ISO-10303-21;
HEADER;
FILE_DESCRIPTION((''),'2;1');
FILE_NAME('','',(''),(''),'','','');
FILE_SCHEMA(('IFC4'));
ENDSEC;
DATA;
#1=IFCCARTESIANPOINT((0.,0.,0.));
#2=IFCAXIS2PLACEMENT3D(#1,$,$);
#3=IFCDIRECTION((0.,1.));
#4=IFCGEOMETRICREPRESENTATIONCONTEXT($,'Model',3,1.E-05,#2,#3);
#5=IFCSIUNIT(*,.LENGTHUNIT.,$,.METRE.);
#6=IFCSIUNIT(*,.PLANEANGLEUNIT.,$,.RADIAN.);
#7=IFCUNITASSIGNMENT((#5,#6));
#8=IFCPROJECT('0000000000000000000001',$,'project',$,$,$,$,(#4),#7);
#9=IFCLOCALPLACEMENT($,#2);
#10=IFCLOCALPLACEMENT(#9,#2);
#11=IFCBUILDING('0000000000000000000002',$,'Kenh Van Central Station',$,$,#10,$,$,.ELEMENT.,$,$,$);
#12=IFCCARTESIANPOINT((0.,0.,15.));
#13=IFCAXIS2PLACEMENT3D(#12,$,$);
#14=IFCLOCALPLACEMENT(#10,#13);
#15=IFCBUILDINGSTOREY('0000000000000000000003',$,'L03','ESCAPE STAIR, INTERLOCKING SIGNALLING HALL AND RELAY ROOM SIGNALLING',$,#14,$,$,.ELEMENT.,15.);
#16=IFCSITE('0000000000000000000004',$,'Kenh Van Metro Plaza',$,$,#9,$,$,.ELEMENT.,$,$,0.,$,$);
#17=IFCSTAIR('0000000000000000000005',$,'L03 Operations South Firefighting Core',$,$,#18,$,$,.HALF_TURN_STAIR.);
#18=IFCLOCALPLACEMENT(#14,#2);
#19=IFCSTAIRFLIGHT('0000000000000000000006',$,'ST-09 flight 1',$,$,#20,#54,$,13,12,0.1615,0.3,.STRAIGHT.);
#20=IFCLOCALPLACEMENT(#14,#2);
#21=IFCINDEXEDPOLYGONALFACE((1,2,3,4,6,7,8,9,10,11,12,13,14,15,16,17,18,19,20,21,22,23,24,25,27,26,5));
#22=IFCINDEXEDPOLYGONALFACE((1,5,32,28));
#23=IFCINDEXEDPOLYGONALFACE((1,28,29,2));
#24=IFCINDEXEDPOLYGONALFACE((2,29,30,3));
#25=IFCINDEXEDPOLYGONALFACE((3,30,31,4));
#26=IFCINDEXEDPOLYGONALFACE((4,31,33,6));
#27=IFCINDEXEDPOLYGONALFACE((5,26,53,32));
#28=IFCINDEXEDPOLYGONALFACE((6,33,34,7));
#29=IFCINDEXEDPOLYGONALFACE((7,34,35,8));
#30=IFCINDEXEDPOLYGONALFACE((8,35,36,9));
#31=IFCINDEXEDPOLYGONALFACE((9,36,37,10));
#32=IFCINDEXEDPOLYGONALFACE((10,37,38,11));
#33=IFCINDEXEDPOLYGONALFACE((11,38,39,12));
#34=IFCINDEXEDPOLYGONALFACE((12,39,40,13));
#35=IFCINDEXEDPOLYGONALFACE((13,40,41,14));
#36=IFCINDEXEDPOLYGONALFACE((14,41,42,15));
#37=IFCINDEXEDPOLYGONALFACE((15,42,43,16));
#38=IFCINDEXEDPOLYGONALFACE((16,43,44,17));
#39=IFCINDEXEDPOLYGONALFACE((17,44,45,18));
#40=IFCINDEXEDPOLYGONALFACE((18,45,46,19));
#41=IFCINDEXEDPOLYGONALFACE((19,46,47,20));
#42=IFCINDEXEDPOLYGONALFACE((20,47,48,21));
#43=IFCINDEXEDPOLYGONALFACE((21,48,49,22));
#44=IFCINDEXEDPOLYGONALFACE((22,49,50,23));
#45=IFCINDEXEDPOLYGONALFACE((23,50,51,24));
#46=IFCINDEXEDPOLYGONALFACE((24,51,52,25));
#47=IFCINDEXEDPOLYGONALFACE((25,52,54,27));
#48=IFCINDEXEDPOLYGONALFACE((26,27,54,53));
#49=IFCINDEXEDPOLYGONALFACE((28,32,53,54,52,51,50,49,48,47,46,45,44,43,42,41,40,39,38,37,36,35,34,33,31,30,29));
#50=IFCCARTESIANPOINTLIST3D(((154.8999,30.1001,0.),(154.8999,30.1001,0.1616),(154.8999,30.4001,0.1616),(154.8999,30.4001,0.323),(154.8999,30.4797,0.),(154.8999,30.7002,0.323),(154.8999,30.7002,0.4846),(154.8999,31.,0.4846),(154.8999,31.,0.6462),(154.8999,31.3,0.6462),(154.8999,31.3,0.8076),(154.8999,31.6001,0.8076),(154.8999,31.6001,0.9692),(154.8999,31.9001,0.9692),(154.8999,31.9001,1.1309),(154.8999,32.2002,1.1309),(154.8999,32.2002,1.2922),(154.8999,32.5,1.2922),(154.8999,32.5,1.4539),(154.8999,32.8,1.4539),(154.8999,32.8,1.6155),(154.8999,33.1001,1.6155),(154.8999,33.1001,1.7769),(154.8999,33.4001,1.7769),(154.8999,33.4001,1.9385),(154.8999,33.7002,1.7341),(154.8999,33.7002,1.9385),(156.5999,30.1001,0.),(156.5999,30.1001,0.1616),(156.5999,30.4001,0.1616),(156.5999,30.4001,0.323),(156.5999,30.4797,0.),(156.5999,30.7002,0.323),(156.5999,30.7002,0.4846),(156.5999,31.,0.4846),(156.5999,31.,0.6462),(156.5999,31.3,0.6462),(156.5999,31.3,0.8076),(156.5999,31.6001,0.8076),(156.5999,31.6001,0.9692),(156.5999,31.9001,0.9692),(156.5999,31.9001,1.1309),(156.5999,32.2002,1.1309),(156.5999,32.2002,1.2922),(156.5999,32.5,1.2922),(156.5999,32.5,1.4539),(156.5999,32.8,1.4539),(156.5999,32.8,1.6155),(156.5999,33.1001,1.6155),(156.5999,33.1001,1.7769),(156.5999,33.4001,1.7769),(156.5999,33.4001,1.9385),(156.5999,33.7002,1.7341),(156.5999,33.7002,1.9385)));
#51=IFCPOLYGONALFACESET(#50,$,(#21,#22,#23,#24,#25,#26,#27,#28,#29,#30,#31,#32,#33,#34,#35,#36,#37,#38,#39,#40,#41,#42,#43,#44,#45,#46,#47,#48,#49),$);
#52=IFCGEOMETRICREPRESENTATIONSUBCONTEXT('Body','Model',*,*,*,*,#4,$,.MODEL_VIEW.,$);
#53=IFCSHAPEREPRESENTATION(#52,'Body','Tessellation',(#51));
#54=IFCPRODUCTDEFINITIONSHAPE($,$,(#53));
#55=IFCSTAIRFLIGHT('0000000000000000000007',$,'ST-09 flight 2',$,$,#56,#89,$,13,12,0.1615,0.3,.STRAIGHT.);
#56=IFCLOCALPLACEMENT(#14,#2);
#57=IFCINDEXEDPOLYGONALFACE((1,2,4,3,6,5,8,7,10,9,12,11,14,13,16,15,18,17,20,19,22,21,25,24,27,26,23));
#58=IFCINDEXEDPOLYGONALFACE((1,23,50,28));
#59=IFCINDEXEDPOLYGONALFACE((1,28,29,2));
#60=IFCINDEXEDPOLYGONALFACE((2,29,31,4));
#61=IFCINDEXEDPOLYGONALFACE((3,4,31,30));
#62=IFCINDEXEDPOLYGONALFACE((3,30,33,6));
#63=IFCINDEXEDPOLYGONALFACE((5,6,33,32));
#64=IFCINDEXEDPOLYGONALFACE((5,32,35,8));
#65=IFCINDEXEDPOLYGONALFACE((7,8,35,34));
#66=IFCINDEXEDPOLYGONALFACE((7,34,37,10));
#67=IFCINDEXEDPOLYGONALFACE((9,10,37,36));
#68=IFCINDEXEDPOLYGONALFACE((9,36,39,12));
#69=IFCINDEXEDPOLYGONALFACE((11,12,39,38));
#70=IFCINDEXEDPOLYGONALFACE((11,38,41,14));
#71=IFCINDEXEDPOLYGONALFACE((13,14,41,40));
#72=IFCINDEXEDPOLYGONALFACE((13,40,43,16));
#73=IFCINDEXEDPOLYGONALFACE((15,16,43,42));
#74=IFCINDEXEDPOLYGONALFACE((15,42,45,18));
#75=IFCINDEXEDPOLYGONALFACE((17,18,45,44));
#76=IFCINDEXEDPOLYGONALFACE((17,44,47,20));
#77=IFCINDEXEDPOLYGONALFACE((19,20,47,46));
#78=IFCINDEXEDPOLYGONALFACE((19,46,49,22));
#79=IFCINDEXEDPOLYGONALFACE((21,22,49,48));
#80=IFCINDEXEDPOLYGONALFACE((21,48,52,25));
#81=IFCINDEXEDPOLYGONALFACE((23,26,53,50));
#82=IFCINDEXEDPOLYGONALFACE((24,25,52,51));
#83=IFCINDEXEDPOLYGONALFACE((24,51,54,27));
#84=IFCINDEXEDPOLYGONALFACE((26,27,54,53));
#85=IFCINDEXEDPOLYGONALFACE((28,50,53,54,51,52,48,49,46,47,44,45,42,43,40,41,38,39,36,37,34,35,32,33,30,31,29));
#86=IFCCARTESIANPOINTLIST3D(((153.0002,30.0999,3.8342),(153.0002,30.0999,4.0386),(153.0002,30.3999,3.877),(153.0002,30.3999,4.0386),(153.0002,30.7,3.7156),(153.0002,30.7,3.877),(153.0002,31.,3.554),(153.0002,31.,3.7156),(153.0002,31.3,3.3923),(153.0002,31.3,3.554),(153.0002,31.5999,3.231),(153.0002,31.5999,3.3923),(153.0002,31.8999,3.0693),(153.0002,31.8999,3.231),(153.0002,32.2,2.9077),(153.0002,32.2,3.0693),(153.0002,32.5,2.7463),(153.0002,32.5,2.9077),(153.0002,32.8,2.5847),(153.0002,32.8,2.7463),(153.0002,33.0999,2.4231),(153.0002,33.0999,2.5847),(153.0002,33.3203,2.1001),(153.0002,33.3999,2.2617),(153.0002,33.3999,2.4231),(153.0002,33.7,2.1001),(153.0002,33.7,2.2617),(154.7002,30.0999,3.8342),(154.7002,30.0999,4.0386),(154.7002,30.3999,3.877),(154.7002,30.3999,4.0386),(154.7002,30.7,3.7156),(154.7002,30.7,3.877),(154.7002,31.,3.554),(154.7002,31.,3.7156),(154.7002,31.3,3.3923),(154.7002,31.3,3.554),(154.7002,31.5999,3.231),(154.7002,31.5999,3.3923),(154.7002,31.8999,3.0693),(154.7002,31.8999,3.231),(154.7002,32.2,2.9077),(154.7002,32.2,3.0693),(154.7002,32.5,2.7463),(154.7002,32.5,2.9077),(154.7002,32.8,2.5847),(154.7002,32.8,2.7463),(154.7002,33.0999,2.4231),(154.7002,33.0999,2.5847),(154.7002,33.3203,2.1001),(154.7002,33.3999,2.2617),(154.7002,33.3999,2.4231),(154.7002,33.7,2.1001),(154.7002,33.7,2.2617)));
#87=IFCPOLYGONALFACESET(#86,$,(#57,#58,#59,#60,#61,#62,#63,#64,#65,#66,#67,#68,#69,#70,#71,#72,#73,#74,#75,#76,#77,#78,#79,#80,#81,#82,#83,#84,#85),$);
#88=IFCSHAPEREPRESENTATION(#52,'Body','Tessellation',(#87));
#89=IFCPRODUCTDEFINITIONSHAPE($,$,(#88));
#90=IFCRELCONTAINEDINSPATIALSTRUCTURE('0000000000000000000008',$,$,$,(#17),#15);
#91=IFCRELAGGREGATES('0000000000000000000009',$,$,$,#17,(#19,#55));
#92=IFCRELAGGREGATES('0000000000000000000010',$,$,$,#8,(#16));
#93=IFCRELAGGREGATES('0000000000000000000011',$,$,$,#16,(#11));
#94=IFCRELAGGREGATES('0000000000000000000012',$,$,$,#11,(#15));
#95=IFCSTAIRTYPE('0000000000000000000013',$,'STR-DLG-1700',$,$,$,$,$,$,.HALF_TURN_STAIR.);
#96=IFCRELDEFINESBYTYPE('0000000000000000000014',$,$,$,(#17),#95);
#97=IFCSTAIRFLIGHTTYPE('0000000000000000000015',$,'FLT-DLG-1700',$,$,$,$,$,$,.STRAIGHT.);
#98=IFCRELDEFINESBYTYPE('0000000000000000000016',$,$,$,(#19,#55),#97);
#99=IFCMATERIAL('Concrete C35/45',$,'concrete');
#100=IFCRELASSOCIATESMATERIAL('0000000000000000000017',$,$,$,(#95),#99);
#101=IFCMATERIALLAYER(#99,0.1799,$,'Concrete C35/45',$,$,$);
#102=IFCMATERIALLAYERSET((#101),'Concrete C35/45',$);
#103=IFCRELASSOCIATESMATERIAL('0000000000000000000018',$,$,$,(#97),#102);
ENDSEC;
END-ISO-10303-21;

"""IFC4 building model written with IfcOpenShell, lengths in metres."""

from ifc_helpers import new_model, si_unit, direction, frame, origin, place, context, subcontext, project, spatial, polyline, outline, extrude, material, layer, layer_set, type_object, element, aggregate, save


model = new_model("IFC4")

# Units and contexts
model_context = context("Model", 3, precision=1e-05, world=origin(), true_north=direction((0.0, 1.0)))
body_context = subcontext(model_context, "Body", "Model", "MODEL_VIEW")
ifc_project = project(units=[si_unit("LENGTHUNIT", "METRE"), si_unit("PLANEANGLEUNIT", "RADIAN")], contexts=[model_context])

# Site, building, storey
site_placement = place(None, origin())
site = spatial("IfcSite", under=ifc_project, at=site_placement, Name="Kenh Van Metro Plaza", CompositionType="ELEMENT", RefElevation=0.0)
building_placement = place(site_placement, origin())
building = spatial("IfcBuilding", under=site, at=building_placement, Name="Kenh Van Central Station", CompositionType="ELEMENT")
storey_placement = place(building_placement, frame((0.0, 0.0, 15.0)))
storey = spatial("IfcBuildingStorey", under=building, at=storey_placement, Name="L03", Description="ESCAPE STAIR, INTERLOCKING SIGNALLING HALL AND RELAY ROOM SIGNALLING", CompositionType="ELEMENT", Elevation=15.0)

# Shared definitions
ifc_material_1 = material(Name="Concrete C35/45", Category="concrete")

# Stair, stair flights
stair_type = type_object("IfcStairType", Name="STR-DLG-1700", PredefinedType="HALF_TURN_STAIR", material=ifc_material_1)
stair_placement = place(storey_placement, origin())
stair = element("IfcStair", 1, at=stair_placement, inside=storey, type_object=stair_type, Name="L03 Operations South Firefighting Core", PredefinedType="HALF_TURN_STAIR")
ifc_layer_1 = layer(ifc_material_1, 0.1799, Name="Concrete C35/45")
ifc_layer_set_1 = layer_set([ifc_layer_1], Name="Concrete C35/45")
stair_flight_type = type_object("IfcStairFlightType", Name="FLT-DLG-1700", PredefinedType="STRAIGHT", material=ifc_layer_set_1)
stair_flight_1_placement = place(storey_placement, frame((155.75, 30.1001, 0.0), z_axis=(0.0, 0.0, 1.0), x_axis=(0.0, 1.0, 0.0)))
stair_flight_1 = element("IfcStairFlight", 2, at=stair_flight_1_placement, type_object=stair_flight_type, Name="ST-09 flight 1", NumberOfRisers=13, NumberOfTreads=12, PredefinedType="STRAIGHT", RiserHeight=0.1615, TreadLength=0.3, context=body_context, shape_type="SweptSolid", body=[
    extrude(outline(polyline([(0.0, 0.0), (0.0, 0.1616), (0.3, 0.1616), (0.3, 0.323), (0.6001, 0.323), (0.6001, 0.4846), (0.8999, 0.4846), (0.8999, 0.6462), (1.2, 0.6462), (1.2, 0.8076), (1.5, 0.8076), (1.5, 0.9692), (1.8, 0.9692), (1.8, 1.1309), (2.1001, 1.1309), (2.1001, 1.2922), (2.3999, 1.2922), (2.3999, 1.4539), (2.7, 1.4539), (2.7, 1.6155), (3.0, 1.6155), (3.0, 1.7769), (3.3, 1.7769), (3.3, 1.9385), (3.6001, 1.9385), (3.6001, 2.1001), (3.6001, 1.7341), (0.3796, 0.0), (0.0, 0.0)])), frame((0.0, 0.8501, 0.0), z_axis=(0.0, -1.0, 0.0), x_axis=(1.0, 0.0, 0.0)), (0.0, 0.0, 1.0), 1.7),
])
stair_flight_2_placement = place(storey_placement, frame((153.8501, 33.7, 2.1001), z_axis=(0.0, 0.0, 1.0), x_axis=(0.0, -1.0, 0.0)))
stair_flight_2 = element("IfcStairFlight", 3, at=stair_flight_2_placement, type_object=stair_flight_type, Name="ST-09 flight 2", NumberOfRisers=13, NumberOfTreads=12, PredefinedType="STRAIGHT", RiserHeight=0.1615, TreadLength=0.3, context=body_context, shape_type="SweptSolid", body=[
    extrude(outline(polyline([(0.0, 0.0), (0.0, 0.1616), (0.3, 0.1616), (0.3, 0.323), (0.6001, 0.323), (0.6001, 0.4846), (0.8999, 0.4846), (0.8999, 0.6462), (1.2, 0.6462), (1.2, 0.8076), (1.5, 0.8076), (1.5, 0.9692), (1.8, 0.9692), (1.8, 1.1309), (2.1001, 1.1309), (2.1001, 1.2922), (2.3999, 1.2922), (2.3999, 1.4539), (2.7, 1.4539), (2.7, 1.6155), (3.0, 1.6155), (3.0, 1.7769), (3.3, 1.7769), (3.3, 1.9385), (3.6001, 1.9385), (3.6001, 2.1001), (3.6001, 1.7341), (0.3796, 0.0), (0.0, 0.0)])), frame((0.0, 0.8501, 0.0), z_axis=(0.0, -1.0, 0.0), x_axis=(1.0, 0.0, 0.0)), (0.0, 0.0, 1.0), 1.7),
])
aggregate(stair, [stair_flight_1, stair_flight_2])

save(model, "model.ifc")
